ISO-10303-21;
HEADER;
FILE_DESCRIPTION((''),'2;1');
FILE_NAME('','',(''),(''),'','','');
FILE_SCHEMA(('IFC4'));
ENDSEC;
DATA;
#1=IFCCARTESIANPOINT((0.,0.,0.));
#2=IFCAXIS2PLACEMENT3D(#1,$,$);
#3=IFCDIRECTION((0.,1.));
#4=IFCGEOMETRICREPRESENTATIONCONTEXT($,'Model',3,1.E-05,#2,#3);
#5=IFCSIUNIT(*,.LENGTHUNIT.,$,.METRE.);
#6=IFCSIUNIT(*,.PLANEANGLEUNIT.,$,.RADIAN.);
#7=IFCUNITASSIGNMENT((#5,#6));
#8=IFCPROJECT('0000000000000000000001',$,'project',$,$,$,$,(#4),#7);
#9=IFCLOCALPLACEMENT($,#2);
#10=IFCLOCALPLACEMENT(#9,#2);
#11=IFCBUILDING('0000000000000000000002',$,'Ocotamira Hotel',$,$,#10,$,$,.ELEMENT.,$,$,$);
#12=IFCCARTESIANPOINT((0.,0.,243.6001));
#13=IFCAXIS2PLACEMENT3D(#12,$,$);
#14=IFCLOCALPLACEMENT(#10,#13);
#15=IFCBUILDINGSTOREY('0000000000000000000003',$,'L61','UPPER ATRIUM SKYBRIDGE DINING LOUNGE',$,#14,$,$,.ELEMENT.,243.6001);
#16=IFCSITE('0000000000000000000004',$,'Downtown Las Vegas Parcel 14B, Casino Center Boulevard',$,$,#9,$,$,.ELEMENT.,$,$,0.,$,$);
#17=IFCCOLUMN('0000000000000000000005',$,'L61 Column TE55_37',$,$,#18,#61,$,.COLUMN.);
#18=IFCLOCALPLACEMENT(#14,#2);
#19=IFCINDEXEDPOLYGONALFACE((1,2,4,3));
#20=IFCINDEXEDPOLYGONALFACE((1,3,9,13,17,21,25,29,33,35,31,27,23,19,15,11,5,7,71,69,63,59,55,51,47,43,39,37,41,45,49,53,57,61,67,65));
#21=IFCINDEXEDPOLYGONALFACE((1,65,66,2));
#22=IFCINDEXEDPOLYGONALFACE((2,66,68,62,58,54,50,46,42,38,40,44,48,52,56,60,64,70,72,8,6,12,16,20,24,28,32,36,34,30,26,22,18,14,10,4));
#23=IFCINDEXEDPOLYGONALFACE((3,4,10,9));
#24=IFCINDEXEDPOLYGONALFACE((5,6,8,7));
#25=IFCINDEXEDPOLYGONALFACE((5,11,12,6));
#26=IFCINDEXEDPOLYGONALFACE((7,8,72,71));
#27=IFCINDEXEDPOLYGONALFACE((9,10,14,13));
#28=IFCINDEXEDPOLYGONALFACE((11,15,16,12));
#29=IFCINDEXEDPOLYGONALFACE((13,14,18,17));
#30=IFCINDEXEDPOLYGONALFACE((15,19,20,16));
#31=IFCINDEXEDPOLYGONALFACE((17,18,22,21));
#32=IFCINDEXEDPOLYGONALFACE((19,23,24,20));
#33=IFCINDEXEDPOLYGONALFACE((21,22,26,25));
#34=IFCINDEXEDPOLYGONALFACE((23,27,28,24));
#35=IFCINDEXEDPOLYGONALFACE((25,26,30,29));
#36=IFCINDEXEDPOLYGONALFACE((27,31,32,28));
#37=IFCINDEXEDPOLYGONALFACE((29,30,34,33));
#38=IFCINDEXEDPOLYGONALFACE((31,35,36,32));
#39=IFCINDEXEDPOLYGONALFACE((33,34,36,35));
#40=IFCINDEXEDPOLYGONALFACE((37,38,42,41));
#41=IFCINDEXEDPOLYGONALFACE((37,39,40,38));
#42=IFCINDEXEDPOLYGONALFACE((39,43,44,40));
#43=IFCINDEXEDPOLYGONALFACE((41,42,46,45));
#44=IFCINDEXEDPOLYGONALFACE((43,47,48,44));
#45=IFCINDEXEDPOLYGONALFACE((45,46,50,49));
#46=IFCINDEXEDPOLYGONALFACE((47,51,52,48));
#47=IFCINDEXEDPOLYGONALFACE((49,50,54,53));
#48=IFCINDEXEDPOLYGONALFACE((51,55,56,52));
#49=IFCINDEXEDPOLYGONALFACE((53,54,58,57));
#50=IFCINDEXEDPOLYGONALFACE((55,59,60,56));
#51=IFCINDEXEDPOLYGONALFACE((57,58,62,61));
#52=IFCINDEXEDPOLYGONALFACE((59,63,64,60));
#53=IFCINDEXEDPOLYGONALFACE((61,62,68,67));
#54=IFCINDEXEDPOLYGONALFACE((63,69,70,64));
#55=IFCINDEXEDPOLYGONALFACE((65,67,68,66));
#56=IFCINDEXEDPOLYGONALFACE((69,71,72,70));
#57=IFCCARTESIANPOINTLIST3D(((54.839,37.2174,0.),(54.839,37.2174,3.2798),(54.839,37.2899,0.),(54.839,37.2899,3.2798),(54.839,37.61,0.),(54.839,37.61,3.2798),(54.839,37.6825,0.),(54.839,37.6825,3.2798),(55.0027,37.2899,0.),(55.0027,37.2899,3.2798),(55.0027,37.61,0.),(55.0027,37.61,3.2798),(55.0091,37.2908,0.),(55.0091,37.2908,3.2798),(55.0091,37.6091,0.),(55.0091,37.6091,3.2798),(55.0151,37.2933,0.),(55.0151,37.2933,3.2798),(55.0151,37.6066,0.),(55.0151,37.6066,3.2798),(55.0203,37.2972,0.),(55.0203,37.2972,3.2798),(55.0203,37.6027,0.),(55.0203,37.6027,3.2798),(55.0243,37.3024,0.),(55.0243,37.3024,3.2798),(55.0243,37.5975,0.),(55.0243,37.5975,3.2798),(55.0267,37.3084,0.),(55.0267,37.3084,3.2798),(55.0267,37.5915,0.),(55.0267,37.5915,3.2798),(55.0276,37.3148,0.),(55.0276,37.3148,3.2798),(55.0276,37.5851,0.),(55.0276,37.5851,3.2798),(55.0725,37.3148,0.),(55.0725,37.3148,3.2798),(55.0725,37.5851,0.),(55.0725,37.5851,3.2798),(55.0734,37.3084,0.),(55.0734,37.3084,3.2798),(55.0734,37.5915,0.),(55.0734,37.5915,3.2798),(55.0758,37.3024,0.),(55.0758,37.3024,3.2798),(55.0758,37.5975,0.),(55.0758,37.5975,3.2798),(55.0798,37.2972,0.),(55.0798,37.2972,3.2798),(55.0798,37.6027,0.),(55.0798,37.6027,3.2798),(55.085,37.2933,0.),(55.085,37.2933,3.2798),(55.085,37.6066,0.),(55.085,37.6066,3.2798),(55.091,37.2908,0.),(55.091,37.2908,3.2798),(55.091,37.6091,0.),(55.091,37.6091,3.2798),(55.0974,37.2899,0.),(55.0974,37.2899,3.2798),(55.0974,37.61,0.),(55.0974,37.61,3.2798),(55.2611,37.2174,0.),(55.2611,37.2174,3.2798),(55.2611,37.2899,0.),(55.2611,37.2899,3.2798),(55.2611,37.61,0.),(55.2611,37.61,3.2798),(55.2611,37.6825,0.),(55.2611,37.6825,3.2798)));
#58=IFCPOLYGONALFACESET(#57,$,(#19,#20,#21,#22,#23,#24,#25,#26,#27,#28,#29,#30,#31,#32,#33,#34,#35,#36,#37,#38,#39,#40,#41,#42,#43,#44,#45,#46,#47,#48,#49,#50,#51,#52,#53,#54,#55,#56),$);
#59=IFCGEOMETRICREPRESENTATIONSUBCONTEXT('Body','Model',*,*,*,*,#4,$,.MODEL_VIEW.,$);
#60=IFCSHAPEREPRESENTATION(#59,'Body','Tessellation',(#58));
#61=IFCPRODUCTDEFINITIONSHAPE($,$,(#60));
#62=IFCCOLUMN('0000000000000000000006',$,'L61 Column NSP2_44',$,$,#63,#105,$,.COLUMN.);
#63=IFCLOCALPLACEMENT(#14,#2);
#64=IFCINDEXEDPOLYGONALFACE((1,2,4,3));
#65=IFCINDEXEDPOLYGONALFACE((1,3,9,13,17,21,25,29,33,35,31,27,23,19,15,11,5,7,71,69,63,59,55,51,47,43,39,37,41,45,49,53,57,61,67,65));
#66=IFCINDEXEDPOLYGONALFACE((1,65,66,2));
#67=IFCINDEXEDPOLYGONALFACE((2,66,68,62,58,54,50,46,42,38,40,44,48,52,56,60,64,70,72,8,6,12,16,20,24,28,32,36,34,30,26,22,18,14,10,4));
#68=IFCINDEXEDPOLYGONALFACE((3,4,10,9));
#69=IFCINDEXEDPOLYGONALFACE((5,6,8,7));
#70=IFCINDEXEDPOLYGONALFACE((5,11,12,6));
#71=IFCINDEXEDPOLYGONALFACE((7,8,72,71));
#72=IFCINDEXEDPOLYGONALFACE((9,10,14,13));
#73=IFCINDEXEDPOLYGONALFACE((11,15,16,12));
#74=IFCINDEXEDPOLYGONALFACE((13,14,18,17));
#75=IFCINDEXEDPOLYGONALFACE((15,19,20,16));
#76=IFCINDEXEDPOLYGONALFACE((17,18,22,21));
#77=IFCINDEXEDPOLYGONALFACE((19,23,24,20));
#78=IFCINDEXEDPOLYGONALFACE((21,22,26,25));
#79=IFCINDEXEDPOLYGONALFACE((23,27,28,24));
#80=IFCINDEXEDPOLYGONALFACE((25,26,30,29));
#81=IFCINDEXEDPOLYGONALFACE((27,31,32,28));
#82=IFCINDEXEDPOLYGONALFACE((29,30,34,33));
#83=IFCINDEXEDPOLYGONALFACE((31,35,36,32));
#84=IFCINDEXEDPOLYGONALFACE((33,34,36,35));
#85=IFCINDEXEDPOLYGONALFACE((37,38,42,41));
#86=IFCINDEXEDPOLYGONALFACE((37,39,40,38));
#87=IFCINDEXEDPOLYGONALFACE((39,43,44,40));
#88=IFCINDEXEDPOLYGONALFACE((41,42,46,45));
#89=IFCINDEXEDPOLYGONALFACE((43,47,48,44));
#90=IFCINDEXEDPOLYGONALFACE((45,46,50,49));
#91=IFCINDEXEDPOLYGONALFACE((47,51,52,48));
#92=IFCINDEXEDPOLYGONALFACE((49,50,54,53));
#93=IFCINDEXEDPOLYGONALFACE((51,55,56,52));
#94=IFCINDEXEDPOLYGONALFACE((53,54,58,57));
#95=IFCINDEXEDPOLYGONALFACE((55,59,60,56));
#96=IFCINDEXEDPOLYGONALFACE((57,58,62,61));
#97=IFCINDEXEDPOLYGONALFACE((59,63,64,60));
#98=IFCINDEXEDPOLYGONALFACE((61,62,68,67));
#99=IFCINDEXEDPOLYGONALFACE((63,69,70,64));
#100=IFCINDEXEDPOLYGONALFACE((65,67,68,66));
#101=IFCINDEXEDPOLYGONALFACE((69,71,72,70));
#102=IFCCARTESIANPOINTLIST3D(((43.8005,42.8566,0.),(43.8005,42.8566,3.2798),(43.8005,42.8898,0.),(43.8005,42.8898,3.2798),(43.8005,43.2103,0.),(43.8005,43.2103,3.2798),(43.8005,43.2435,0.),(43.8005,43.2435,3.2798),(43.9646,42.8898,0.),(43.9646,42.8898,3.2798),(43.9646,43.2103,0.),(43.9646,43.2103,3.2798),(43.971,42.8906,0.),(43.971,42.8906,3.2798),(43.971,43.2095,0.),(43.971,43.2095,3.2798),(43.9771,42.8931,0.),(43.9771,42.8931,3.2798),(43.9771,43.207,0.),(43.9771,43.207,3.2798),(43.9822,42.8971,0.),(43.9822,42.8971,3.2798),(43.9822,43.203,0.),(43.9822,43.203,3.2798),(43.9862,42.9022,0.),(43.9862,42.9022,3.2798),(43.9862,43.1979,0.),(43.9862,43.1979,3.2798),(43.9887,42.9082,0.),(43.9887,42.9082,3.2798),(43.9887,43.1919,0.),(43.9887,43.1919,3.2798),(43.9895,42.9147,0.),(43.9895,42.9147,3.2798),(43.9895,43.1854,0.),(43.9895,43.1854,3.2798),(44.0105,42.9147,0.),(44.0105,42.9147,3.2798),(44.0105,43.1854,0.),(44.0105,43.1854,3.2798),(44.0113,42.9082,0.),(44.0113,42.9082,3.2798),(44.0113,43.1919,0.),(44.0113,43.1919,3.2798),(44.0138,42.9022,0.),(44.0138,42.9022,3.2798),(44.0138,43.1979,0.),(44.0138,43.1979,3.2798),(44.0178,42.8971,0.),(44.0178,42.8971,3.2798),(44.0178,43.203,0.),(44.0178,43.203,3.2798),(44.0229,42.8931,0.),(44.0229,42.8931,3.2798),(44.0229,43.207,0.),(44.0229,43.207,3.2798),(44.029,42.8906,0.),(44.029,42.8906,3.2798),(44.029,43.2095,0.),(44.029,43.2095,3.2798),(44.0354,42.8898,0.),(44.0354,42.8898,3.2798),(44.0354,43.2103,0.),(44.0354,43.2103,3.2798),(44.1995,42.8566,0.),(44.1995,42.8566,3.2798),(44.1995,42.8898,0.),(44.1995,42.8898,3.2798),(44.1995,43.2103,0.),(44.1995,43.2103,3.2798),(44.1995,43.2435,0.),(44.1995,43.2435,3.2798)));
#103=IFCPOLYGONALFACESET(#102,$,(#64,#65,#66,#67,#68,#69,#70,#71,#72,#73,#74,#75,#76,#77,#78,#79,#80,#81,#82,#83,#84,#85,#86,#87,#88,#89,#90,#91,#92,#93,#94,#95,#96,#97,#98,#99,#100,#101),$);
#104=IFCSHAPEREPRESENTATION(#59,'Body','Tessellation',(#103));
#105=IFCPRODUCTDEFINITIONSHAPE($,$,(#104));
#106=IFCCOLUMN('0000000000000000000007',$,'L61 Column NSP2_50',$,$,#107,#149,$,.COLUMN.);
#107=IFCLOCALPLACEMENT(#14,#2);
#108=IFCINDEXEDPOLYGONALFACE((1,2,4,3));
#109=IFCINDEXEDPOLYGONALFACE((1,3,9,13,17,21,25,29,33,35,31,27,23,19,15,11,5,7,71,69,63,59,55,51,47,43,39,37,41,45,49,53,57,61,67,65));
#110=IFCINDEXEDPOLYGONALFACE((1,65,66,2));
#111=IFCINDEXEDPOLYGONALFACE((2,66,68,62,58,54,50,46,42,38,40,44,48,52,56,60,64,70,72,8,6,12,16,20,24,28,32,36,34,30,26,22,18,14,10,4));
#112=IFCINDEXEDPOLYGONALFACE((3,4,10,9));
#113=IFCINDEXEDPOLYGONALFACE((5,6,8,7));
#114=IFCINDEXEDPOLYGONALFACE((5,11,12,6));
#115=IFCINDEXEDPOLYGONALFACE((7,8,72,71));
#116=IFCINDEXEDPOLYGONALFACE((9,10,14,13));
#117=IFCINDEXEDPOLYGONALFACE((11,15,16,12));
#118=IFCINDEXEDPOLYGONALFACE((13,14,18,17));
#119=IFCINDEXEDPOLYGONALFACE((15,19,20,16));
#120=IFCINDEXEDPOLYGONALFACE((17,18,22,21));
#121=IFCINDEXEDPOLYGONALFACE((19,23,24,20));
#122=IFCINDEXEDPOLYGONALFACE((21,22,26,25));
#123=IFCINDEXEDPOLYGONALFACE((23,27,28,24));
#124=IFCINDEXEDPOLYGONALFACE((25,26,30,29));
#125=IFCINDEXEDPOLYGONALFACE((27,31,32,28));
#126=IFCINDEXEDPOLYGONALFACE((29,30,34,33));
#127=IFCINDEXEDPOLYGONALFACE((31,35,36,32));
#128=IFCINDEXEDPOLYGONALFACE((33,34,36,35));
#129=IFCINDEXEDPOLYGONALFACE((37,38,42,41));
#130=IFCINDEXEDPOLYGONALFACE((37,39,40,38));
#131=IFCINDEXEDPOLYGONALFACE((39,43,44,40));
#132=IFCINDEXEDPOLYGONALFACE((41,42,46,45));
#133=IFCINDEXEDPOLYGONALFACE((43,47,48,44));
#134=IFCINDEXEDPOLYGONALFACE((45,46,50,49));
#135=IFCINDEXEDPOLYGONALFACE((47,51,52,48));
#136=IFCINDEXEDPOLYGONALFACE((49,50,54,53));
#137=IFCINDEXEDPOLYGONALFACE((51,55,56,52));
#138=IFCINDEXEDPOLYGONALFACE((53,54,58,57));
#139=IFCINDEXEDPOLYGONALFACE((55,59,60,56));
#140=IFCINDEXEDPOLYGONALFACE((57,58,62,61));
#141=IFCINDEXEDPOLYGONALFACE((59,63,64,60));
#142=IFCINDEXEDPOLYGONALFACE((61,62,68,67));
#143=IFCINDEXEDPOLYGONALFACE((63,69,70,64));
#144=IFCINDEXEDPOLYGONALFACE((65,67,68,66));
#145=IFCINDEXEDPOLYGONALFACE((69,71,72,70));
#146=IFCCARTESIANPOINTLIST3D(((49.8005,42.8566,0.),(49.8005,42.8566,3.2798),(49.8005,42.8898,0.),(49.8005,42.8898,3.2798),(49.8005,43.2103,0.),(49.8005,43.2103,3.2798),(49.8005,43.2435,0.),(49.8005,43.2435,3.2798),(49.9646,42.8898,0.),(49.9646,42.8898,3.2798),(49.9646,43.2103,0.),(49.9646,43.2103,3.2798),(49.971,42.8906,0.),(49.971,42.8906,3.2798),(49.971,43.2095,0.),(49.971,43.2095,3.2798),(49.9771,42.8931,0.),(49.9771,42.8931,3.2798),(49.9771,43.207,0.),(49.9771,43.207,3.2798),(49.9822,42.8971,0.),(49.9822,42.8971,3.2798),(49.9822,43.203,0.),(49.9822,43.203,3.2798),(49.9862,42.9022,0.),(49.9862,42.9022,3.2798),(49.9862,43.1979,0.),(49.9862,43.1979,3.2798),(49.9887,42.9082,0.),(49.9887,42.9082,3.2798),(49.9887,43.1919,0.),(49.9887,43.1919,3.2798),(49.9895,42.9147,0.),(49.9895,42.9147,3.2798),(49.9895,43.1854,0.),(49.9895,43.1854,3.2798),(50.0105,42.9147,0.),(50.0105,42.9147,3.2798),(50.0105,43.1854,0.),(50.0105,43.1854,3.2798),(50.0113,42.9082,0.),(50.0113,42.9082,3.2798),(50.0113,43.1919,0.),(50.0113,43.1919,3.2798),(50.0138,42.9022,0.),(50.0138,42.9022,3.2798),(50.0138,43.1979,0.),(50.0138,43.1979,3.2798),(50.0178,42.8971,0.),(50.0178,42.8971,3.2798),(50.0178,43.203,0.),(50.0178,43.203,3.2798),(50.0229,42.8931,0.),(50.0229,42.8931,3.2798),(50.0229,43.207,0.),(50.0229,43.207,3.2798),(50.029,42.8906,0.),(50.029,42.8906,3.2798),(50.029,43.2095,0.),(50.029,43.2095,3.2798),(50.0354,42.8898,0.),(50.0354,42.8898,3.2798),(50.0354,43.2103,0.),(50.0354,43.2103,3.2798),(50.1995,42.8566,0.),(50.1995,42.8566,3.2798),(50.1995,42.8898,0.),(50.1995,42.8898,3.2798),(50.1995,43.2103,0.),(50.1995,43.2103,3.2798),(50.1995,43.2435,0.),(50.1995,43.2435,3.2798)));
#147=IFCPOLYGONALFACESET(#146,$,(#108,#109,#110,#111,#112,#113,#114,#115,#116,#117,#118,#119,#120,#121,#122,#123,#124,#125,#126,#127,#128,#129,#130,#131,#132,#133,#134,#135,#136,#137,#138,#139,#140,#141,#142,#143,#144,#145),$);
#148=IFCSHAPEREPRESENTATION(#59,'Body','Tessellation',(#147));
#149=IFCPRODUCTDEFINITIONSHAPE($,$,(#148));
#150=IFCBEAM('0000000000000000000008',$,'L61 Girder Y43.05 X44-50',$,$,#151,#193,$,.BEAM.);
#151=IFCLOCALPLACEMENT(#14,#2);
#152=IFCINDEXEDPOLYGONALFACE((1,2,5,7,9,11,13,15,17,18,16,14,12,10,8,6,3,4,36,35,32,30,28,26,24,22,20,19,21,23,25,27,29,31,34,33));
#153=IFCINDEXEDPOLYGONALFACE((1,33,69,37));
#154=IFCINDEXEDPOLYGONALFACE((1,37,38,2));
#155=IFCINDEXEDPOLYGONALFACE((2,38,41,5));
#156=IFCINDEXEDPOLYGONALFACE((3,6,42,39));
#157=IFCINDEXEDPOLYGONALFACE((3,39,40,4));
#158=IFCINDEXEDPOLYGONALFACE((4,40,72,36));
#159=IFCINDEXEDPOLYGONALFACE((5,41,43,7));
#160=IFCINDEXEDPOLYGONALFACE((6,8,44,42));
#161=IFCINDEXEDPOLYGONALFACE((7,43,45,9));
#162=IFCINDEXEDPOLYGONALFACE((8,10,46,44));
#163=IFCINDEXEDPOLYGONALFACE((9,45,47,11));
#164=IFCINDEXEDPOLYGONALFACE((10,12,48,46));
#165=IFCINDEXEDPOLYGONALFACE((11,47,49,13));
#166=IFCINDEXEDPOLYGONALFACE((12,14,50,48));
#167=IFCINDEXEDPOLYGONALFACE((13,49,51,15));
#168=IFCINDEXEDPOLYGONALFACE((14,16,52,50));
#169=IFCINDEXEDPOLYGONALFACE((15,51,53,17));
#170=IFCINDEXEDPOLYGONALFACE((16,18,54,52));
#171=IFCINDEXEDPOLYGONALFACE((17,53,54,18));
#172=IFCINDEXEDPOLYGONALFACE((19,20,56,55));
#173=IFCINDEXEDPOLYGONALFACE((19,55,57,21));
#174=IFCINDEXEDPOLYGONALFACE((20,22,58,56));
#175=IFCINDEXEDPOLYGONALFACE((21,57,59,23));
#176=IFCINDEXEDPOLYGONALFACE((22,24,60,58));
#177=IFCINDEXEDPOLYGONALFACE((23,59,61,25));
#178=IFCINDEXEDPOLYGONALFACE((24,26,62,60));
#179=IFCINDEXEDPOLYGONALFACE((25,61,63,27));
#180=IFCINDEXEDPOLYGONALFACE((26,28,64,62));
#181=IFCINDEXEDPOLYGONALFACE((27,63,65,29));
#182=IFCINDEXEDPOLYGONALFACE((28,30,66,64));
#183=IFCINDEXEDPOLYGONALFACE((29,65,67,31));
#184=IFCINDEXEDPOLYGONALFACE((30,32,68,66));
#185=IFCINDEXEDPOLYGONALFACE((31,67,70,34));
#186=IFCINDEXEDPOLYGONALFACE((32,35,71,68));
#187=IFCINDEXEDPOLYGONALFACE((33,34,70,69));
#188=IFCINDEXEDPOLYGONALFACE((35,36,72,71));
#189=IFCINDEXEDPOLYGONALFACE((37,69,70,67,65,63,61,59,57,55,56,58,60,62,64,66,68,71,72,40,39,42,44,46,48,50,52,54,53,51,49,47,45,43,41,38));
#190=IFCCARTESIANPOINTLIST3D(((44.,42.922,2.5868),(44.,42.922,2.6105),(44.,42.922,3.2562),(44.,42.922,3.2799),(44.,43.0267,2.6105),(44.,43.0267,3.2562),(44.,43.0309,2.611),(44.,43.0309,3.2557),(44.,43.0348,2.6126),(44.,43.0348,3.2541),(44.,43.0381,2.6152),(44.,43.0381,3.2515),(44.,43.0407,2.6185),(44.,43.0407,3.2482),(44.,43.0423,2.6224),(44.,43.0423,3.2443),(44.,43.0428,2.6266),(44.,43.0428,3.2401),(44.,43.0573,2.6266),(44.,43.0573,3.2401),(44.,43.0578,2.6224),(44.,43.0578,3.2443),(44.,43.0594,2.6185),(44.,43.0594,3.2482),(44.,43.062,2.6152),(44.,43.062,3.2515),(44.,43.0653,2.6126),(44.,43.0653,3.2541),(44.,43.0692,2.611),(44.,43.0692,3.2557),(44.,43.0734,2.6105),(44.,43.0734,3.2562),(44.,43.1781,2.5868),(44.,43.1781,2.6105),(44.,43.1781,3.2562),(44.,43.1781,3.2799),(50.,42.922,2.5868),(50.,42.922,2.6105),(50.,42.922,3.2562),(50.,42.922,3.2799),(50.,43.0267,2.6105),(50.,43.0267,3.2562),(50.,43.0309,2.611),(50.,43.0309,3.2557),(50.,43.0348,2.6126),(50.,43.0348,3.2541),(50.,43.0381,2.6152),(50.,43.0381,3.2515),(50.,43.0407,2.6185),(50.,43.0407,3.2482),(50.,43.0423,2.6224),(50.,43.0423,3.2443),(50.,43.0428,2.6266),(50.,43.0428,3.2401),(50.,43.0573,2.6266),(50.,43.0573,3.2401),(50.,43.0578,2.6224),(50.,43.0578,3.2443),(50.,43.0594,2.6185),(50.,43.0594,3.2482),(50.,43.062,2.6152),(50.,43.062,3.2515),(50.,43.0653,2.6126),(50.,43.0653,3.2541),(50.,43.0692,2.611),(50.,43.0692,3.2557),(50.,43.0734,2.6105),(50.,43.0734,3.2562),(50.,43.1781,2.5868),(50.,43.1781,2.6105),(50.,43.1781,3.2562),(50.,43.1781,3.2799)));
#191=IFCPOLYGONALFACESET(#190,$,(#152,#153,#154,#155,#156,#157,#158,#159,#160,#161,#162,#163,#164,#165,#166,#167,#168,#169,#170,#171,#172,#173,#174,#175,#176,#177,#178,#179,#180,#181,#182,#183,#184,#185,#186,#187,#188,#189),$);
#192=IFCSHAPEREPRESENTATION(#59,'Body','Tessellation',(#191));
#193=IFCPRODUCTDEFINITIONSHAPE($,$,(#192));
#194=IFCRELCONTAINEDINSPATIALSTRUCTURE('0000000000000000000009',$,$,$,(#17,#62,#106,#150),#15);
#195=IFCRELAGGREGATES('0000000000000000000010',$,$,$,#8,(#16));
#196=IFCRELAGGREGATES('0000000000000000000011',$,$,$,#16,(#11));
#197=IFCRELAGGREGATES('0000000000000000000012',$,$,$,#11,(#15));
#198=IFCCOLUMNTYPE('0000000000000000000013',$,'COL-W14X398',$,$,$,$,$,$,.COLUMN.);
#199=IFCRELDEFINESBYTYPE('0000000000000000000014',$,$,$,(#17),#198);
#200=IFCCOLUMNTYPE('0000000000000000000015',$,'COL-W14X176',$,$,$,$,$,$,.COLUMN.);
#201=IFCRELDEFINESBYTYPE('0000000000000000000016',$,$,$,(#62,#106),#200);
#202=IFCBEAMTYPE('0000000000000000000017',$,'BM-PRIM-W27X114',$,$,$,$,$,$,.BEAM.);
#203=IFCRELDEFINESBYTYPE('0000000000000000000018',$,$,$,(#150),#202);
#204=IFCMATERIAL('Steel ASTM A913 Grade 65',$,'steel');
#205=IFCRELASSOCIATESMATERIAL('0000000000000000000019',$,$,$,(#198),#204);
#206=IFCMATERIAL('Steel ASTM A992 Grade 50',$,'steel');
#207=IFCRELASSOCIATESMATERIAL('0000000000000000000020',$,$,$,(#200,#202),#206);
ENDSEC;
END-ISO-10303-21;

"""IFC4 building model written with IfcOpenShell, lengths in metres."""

from ifc_helpers import new_model, si_unit, direction, frame, origin, origin_2d, place, context, subcontext, project, spatial, i_section, extrude, source, transform, mapped, material, material_profile, profile_set, type_object, element, save


model = new_model("IFC4")

# Units and contexts
model_context = context("Model", 3, precision=1e-05, world=origin(), true_north=direction((0.0, 1.0)))
body_context = subcontext(model_context, "Body", "Model", "MODEL_VIEW")
ifc_project = project(units=[si_unit("LENGTHUNIT", "METRE"), si_unit("PLANEANGLEUNIT", "RADIAN")], contexts=[model_context])

# Site, building, storey
site_placement = place(None, origin())
site = spatial("IfcSite", under=ifc_project, at=site_placement, Name="Downtown Las Vegas Parcel 14B, Casino Center Boulevard", CompositionType="ELEMENT", RefElevation=0.0)
building_placement = place(site_placement, origin())
building = spatial("IfcBuilding", under=site, at=building_placement, Name="Ocotamira Hotel", CompositionType="ELEMENT")
storey_placement = place(building_placement, frame((0.0, 0.0, 243.6001)))
storey = spatial("IfcBuildingStorey", under=building, at=storey_placement, Name="L61", Description="UPPER ATRIUM SKYBRIDGE DINING LOUNGE", CompositionType="ELEMENT", Elevation=243.6001)

# Columns
ifc_material_1 = material(Name="Steel ASTM A913 Grade 65", Category="steel")
ifc_material_profile_1 = material_profile(ifc_material_1, i_section(OverallWidth=0.4221, OverallDepth=0.4651, WebThickness=0.0449, FlangeThickness=0.0725, FilletRadius=0.0249, at=origin_2d()), Name="W14X398")
ifc_profile_set_1 = profile_set([ifc_material_profile_1], Name="Steel ASTM A913 Grade 65")
column_type_1 = type_object("IfcColumnType", Name="COL-W14X398", PredefinedType="COLUMN", material=ifc_profile_set_1)
shared_shape_1 = source(origin(), body_context, "Body", "SweptSolid", [
    extrude(i_section(OverallWidth=0.4221, OverallDepth=0.4651, WebThickness=0.0449, FlangeThickness=0.0725, FilletRadius=0.0249, at=origin_2d()), origin(), (0.0, 0.0, 1.0), 3.2798),
])
column_placement = place(storey_placement, frame((55.05, 37.45, 0.0), z_axis=(0.0, 0.0, 1.0), x_axis=(1.0, 0.0, 0.0)))
element("IfcColumn", 1, at=column_placement, inside=storey, type_object=column_type_1, Name="L61 Column TE55_37", PredefinedType="COLUMN", context=body_context, shape_type="MappedRepresentation", body=[
    mapped(shared_shape_1, transform((0.0, 0.0, 0.0), scale=1.0)),
])
ifc_material_2 = material(Name="Steel ASTM A992 Grade 50", Category="steel")
ifc_material_profile_2 = material_profile(ifc_material_2, i_section(OverallWidth=0.3989, OverallDepth=0.387, WebThickness=0.021, FlangeThickness=0.0332, FilletRadius=0.0249, at=origin_2d()), Name="W14X176")
ifc_profile_set_2 = profile_set([ifc_material_profile_2], Name="Steel ASTM A992 Grade 50")
column_type_2 = type_object("IfcColumnType", Name="COL-W14X176", PredefinedType="COLUMN", material=ifc_profile_set_2)
shared_shape_2 = source(origin(), body_context, "Body", "SweptSolid", [
    extrude(i_section(OverallWidth=0.3989, OverallDepth=0.387, WebThickness=0.021, FlangeThickness=0.0332, FilletRadius=0.0249, at=origin_2d()), origin(), (0.0, 0.0, 1.0), 3.2798),
])
for number, where, z_axis, x_axis, name in (
    (2, (44.0, 43.05, 0.0), (0.0, 0.0, 1.0), (1.0, 0.0, 0.0), "L61 Column NSP2_44"),
    (3, (50.0, 43.05, 0.0), (0.0, 0.0, 1.0), (1.0, 0.0, 0.0), "L61 Column NSP2_50"),
):
    element("IfcColumn", number, at=place(storey_placement, frame(where, z_axis=z_axis, x_axis=x_axis)), inside=storey, type_object=column_type_2, Name=name, PredefinedType="COLUMN", context=body_context, shape_type="MappedRepresentation", body=[
        mapped(shared_shape_2, transform((0.0, 0.0, 0.0), scale=1.0)),
    ])

# Beam
ifc_material_profile_3 = material_profile(ifc_material_2, i_section(OverallWidth=0.2561, OverallDepth=0.6931, WebThickness=0.0144, FlangeThickness=0.0237, FilletRadius=0.0161, at=origin_2d()), Name="W27X114")
ifc_profile_set_3 = profile_set([ifc_material_profile_3], Name="Steel ASTM A992 Grade 50")
beam_type_1 = type_object("IfcBeamType", Name="BM-PRIM-W27X114", PredefinedType="BEAM", material=ifc_profile_set_3)
shared_shape_3 = source(origin(), body_context, "Body", "SweptSolid", [
    extrude(i_section(OverallWidth=0.2561, OverallDepth=0.6931, WebThickness=0.0144, FlangeThickness=0.0237, FilletRadius=0.0161, at=origin_2d()), origin(), (0.0, 0.0, 1.0), 6.0),
])
beam_1_placement = place(storey_placement, frame((44.0, 43.05, 2.9333), z_axis=(1.0, 0.0, 0.0), x_axis=(0.0, 1.0, 0.0)))
element("IfcBeam", 4, at=beam_1_placement, inside=storey, type_object=beam_type_1, Name="L61 Girder Y43.05 X44-50", PredefinedType="BEAM", context=body_context, shape_type="MappedRepresentation", body=[
    mapped(shared_shape_3, transform((0.0, 0.0, 0.0), scale=1.0)),
])

save(model, "model.ifc")
